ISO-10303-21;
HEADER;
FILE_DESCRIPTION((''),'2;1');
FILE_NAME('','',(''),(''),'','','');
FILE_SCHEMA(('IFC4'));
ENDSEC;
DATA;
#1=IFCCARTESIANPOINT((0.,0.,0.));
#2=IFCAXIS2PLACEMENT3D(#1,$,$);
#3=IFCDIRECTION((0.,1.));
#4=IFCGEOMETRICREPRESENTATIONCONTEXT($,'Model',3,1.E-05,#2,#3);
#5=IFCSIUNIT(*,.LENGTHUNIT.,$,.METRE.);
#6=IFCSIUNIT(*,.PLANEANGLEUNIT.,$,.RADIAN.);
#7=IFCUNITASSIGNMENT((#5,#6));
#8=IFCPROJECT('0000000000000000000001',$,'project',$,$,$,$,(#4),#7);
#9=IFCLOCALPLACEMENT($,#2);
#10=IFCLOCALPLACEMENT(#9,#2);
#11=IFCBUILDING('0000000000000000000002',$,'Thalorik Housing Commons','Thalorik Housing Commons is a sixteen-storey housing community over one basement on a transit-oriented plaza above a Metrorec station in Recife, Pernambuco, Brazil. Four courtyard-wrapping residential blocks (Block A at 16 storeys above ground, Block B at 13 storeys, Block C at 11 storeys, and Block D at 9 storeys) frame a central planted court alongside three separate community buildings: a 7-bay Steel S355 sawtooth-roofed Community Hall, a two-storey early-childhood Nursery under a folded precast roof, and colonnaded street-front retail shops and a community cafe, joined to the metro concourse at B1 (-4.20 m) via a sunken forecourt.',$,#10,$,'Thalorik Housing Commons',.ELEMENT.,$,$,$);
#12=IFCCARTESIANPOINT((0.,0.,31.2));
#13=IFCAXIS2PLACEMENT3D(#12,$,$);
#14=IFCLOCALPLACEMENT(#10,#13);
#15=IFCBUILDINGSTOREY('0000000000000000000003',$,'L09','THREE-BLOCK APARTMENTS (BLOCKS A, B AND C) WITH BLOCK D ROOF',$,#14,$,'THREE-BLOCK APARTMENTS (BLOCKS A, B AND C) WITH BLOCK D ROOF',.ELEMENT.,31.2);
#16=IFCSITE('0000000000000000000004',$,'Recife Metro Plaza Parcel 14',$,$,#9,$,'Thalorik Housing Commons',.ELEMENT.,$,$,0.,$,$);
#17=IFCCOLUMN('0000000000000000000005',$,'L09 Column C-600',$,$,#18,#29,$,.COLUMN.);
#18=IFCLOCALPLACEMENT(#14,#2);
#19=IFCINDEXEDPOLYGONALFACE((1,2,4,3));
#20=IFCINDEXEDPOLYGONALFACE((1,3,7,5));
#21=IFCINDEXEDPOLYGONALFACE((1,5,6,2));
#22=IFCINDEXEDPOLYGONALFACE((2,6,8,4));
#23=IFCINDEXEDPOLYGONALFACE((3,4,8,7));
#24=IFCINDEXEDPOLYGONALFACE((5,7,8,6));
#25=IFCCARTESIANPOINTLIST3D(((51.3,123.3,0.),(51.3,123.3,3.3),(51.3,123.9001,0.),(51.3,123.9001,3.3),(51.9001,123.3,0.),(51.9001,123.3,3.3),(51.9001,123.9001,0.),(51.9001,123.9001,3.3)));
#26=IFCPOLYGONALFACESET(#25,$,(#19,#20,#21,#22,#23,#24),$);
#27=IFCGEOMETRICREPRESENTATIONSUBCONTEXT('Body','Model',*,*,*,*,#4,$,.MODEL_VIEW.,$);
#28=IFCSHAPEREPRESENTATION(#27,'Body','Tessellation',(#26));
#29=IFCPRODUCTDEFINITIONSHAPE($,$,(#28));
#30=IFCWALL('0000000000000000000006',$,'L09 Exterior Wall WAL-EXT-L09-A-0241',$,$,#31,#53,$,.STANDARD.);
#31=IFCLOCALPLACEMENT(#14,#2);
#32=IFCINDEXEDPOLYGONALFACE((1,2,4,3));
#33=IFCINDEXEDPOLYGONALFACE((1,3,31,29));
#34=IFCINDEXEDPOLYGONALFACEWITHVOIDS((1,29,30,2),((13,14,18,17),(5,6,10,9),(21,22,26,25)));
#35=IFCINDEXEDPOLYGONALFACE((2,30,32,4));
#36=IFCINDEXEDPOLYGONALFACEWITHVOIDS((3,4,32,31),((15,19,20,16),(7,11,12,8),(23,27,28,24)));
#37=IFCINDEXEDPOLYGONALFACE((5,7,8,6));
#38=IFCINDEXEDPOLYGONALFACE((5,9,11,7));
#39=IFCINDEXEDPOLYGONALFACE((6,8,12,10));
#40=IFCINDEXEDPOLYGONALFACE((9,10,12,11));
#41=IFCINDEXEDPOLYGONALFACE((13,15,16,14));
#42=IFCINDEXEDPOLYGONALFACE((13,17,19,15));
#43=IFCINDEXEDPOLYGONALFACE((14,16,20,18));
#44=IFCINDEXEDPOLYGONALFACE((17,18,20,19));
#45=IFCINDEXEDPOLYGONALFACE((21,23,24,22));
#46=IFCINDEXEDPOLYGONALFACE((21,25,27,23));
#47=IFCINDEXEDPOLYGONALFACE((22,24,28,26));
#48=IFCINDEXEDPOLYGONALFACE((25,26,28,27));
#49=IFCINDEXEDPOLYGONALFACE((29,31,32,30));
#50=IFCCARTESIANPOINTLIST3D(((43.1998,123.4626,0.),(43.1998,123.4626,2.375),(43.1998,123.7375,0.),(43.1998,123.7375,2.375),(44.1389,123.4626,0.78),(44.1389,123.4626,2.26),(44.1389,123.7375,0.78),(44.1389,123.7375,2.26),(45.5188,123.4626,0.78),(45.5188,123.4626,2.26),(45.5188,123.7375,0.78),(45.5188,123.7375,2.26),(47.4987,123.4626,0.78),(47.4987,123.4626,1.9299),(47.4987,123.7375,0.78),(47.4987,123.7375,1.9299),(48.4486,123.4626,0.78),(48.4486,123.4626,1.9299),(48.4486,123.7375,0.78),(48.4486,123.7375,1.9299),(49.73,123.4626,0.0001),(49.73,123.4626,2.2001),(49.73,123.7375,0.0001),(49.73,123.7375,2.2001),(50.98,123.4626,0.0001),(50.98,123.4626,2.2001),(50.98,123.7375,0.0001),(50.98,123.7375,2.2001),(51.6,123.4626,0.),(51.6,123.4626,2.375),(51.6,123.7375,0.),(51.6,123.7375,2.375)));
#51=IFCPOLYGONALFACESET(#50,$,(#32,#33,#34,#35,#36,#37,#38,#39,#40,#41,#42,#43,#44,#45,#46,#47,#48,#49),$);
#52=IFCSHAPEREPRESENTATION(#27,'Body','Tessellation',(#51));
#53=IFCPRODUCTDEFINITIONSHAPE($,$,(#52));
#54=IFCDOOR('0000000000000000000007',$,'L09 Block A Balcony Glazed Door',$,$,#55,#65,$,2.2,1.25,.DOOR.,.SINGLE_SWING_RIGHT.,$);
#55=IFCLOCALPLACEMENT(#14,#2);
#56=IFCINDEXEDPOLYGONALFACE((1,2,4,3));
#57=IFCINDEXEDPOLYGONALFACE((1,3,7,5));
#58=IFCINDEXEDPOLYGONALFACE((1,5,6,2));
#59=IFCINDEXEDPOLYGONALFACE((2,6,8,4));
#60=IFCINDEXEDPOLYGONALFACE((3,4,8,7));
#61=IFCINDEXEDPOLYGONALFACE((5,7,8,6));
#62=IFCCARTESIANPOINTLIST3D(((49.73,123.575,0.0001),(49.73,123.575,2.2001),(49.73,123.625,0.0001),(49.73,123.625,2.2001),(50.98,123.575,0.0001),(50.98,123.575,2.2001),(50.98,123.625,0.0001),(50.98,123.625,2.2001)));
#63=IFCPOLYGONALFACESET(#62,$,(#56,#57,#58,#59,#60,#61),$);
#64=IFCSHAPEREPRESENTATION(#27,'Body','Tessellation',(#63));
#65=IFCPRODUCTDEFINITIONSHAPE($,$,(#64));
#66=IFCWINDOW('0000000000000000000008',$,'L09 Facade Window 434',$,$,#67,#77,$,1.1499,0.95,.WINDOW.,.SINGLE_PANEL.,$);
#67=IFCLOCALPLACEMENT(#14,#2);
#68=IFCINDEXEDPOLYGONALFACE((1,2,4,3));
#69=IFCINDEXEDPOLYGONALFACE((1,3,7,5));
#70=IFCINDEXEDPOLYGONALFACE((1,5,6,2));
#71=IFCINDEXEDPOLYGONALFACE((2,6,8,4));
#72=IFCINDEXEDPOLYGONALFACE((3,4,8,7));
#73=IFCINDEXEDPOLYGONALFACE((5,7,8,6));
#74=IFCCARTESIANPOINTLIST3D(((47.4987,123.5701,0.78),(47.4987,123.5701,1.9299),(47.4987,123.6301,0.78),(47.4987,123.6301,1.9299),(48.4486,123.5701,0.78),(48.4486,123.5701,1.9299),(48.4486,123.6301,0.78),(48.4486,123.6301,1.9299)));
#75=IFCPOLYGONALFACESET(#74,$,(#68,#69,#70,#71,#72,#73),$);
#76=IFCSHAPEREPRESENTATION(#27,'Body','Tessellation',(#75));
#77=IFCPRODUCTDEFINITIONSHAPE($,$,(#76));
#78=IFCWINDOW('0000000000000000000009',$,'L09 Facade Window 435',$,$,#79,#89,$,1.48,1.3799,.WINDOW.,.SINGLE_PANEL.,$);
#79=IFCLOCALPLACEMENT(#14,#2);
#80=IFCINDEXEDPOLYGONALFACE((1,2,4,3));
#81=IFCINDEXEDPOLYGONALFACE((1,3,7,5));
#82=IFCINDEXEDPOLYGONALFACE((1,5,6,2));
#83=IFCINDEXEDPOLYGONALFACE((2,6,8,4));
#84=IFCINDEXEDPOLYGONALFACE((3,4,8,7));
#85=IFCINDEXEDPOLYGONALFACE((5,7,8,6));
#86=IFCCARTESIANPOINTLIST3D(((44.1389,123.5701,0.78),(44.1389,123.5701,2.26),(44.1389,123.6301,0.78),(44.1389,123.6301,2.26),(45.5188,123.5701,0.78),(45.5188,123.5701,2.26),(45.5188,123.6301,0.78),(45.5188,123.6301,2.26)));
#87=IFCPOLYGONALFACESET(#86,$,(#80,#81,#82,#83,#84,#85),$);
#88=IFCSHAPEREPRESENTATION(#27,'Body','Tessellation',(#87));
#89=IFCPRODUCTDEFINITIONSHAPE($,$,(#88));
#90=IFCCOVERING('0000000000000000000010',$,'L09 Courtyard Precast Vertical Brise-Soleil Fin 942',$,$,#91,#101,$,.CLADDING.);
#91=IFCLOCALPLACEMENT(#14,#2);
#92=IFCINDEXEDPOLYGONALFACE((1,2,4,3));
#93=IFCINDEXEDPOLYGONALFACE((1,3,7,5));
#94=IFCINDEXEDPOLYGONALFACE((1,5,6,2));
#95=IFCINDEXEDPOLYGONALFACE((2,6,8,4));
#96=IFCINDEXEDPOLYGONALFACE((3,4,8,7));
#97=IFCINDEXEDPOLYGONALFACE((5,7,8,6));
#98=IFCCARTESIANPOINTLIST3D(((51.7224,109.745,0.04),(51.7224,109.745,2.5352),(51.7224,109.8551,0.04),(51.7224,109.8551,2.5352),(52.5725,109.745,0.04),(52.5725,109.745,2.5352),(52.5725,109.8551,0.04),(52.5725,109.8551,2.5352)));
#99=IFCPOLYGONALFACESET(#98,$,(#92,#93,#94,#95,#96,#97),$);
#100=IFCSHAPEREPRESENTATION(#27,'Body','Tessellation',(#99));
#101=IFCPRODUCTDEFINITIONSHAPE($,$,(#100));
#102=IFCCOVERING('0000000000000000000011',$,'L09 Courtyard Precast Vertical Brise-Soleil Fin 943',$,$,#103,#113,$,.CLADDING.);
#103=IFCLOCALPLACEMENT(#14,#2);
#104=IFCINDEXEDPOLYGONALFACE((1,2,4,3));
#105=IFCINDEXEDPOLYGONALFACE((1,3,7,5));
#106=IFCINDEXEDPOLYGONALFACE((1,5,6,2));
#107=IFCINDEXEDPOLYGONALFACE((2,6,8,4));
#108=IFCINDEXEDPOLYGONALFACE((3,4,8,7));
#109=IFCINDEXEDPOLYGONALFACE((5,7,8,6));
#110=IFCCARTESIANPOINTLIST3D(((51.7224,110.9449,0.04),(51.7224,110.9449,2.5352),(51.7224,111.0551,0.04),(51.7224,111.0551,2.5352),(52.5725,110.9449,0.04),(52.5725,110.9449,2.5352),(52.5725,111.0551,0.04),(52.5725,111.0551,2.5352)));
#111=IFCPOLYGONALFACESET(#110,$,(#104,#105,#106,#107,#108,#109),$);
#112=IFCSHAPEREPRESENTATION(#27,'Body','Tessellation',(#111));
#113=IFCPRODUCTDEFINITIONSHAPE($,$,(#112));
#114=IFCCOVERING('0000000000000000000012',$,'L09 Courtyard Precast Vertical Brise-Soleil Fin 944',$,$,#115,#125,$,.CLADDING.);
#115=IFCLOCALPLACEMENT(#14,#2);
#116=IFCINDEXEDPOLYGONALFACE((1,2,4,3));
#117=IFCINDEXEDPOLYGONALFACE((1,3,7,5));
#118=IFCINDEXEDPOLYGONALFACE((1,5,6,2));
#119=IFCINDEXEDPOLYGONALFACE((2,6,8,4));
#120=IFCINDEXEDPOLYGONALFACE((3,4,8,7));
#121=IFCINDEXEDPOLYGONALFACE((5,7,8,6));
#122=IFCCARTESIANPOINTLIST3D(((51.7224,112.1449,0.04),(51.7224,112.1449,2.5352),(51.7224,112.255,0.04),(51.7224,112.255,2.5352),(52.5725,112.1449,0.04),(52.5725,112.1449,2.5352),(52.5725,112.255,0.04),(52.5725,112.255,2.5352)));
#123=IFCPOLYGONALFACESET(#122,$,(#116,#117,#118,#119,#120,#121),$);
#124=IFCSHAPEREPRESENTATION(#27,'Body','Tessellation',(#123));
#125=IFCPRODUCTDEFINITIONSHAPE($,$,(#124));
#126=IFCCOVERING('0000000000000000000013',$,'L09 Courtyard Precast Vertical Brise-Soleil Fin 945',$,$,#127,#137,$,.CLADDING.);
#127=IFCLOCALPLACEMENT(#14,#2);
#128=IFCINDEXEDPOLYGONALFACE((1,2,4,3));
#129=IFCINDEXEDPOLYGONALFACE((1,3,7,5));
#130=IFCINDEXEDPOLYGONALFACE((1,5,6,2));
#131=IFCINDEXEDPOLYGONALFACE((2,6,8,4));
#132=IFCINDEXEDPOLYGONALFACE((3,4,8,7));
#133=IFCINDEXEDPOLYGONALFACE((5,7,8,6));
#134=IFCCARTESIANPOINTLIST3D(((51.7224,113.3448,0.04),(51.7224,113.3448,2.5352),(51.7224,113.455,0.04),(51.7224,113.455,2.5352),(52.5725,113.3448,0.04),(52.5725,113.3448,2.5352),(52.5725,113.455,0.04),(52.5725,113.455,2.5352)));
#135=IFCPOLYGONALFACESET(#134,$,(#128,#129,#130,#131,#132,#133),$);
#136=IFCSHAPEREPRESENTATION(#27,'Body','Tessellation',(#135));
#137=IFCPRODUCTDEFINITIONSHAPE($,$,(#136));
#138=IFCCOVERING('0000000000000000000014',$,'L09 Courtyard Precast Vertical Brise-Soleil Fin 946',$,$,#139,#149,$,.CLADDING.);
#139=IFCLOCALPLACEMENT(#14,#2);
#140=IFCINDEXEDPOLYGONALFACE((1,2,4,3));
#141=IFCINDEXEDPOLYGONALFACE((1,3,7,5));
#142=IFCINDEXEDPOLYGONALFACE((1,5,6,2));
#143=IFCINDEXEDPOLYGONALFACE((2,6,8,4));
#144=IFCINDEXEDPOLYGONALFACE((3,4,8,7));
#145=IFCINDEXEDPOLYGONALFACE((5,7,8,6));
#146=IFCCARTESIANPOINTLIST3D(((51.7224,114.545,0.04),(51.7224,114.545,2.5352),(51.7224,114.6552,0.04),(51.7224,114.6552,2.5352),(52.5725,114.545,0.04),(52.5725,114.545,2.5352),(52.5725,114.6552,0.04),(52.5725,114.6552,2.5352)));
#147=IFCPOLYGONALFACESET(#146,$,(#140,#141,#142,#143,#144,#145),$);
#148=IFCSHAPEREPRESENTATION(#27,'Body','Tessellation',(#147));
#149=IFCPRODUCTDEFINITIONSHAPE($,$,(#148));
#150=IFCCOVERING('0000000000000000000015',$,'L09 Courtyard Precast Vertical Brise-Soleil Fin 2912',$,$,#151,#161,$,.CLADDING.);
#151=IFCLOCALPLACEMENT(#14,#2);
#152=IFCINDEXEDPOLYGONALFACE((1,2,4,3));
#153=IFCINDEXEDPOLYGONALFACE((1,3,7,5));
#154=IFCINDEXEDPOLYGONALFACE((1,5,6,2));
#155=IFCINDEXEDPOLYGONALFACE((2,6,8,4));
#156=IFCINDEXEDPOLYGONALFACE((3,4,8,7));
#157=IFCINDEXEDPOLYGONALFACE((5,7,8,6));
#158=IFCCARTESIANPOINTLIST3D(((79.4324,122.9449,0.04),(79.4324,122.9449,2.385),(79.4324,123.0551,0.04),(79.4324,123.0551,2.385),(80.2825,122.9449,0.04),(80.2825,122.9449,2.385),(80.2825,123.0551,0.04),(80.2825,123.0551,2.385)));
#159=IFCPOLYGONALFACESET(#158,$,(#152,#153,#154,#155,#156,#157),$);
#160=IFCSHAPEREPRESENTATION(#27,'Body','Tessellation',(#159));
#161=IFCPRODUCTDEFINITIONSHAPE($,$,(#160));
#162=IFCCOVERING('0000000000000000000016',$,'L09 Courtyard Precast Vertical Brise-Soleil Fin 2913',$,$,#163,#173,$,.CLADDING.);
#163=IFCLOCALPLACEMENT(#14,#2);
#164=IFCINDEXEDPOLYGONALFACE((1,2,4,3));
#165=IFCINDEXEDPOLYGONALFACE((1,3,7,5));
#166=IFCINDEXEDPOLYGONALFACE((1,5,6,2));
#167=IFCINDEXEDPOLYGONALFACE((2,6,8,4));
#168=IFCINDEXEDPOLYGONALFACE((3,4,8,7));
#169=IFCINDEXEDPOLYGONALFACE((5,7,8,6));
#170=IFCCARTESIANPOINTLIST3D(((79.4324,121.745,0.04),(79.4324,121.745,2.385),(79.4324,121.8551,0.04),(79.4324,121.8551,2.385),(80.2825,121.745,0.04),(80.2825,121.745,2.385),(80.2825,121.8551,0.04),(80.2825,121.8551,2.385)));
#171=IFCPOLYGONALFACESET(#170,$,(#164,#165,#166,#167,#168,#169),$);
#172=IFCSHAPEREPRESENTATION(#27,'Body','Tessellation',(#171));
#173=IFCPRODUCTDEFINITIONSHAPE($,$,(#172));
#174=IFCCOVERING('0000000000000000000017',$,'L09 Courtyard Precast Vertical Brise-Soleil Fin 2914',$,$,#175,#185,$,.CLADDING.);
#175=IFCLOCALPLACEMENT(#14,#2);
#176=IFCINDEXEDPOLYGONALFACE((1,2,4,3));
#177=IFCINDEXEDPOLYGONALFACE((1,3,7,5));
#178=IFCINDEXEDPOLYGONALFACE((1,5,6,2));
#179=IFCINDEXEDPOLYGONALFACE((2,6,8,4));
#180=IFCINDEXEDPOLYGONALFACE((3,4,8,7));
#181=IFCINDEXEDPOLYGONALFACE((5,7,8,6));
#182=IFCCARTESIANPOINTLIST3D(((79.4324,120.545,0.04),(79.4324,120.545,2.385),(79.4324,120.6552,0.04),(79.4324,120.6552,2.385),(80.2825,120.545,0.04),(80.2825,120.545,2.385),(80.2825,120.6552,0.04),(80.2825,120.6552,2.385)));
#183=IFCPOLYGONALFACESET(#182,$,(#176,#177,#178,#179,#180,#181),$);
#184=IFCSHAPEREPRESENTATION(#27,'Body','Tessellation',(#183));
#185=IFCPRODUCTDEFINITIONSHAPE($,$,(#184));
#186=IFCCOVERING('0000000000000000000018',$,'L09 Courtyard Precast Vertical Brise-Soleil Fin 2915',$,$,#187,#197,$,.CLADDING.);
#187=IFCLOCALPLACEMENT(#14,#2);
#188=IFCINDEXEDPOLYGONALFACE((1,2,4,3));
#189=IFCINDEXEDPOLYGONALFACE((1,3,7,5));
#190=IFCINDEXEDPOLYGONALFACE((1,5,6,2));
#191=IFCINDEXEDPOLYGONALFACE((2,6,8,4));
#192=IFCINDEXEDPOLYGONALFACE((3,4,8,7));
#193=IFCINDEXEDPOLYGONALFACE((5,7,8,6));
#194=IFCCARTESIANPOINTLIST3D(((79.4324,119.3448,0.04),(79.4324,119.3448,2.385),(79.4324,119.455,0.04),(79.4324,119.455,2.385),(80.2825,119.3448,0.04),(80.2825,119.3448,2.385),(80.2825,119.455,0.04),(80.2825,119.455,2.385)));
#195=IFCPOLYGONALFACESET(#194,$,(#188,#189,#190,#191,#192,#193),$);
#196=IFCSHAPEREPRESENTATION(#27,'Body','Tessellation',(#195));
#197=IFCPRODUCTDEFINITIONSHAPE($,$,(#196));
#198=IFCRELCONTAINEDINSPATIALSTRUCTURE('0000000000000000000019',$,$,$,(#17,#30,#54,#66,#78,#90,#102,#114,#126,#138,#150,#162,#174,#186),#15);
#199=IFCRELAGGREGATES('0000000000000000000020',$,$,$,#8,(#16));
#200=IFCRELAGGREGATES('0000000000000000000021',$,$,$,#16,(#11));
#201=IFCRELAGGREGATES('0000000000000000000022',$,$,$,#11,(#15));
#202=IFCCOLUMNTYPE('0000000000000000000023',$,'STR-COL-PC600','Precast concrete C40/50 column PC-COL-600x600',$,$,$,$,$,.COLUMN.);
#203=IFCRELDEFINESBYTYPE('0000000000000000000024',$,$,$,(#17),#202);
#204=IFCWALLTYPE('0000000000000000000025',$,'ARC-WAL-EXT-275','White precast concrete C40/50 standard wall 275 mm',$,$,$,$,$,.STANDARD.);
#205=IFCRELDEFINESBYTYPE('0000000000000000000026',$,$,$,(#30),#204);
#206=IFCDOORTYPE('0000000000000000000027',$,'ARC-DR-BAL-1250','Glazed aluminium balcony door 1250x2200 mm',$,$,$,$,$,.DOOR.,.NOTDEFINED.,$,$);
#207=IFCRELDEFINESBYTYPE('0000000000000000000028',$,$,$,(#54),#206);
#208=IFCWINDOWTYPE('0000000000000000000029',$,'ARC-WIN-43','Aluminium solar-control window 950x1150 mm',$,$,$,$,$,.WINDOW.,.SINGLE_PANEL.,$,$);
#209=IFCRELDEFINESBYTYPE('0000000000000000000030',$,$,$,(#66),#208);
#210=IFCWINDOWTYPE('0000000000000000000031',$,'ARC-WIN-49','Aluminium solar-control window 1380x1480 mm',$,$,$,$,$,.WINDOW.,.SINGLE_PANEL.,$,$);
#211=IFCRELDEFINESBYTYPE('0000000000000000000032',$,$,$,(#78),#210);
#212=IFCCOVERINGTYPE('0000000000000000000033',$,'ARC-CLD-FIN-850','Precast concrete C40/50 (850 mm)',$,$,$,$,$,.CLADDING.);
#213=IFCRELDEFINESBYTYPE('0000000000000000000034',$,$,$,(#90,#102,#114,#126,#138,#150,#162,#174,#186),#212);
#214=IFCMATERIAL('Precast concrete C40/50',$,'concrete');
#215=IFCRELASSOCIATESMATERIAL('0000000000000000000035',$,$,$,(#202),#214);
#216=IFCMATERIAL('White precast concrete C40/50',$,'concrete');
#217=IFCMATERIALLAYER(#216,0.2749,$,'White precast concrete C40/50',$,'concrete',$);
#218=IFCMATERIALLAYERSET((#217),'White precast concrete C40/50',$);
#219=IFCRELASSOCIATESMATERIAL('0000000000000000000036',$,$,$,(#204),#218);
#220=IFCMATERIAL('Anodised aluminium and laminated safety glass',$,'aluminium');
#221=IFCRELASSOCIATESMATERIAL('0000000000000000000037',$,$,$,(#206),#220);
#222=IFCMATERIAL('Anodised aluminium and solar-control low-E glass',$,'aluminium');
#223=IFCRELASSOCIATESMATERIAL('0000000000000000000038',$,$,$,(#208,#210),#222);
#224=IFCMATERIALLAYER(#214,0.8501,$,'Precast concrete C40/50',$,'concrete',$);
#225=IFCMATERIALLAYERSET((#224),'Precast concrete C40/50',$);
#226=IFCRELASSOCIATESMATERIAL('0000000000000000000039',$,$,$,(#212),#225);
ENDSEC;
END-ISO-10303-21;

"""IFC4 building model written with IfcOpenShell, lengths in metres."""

from ifc_helpers import new_model, si_unit, direction, frame, frame_2d, origin, origin_2d, place, context, subcontext, project, spatial, rectangle, extrude, material, layer, layer_set, material_profile, profile_set, type_object, element, fill, save


model = new_model("IFC4")

# Units and contexts
model_context = context("Model", 3, precision=1e-05, world=origin(), true_north=direction((0.0, 1.0)))
body_context = subcontext(model_context, "Body", "Model", "MODEL_VIEW")
ifc_project = project(units=[si_unit("LENGTHUNIT", "METRE"), si_unit("PLANEANGLEUNIT", "RADIAN")], contexts=[model_context])

# Site, building, storey
site_placement = place(None, origin())
site = spatial("IfcSite", under=ifc_project, at=site_placement, Name="Recife Metro Plaza Parcel 14", LongName="Thalorik Housing Commons", CompositionType="ELEMENT", RefElevation=0.0)
building_placement = place(site_placement, origin())
building = spatial("IfcBuilding", under=site, at=building_placement, Name="Thalorik Housing Commons", Description="Thalorik Housing Commons is a sixteen-storey housing community over one basement on a transit-oriented plaza above a Metrorec station in Recife, Pernambuco, Brazil. Four courtyard-wrapping residential blocks (Block A at 16 storeys above ground, Block B at 13 storeys, Block C at 11 storeys, and Block D at 9 storeys) frame a central planted court alongside three separate community buildings: a 7-bay Steel S355 sawtooth-roofed Community Hall, a two-storey early-childhood Nursery under a folded precast roof, and colonnaded street-front retail shops and a community cafe, joined to the metro concourse at B1 (-4.20 m) via a sunken forecourt.", LongName="Thalorik Housing Commons", CompositionType="ELEMENT")
storey_placement = place(building_placement, frame((0.0, 0.0, 31.2)))
storey = spatial("IfcBuildingStorey", under=building, at=storey_placement, Name="L09", Description="THREE-BLOCK APARTMENTS (BLOCKS A, B AND C) WITH BLOCK D ROOF", LongName="THREE-BLOCK APARTMENTS (BLOCKS A, B AND C) WITH BLOCK D ROOF", CompositionType="ELEMENT", Elevation=31.2)

# Column
ifc_material_1 = material(Name="Precast concrete C40/50", Category="concrete")
ifc_material_profile = material_profile(ifc_material_1, rectangle(XDim=0.6001, YDim=0.6001, at=origin_2d()), Name="PC 600x600", Category="concrete")
ifc_profile_set = profile_set([ifc_material_profile], Name="Precast concrete C40/50")
column_type = type_object("IfcColumnType", Name="STR-COL-PC600", Description="Precast concrete C40/50 column PC-COL-600x600", PredefinedType="COLUMN", material=ifc_profile_set)
column_placement = place(storey_placement, frame((51.6001, 123.6001, 0.0), z_axis=(0.0, 0.0, 1.0), x_axis=(1.0, 0.0, 0.0)))
element("IfcColumn", 1, at=column_placement, inside=storey, type_object=column_type, Name="L09 Column C-600", PredefinedType="COLUMN", context=body_context, shape_type="SweptSolid", body=[
    extrude(rectangle(XDim=0.6001, YDim=0.6001, at=origin_2d()), origin(), (0.0, 0.0, 1.0), 3.3),
])

# Wall, openings, door, windows
ifc_material_2 = material(Name="White precast concrete C40/50", Category="concrete")
ifc_layer_1 = layer(ifc_material_2, 0.2749, Name="White precast concrete C40/50", Category="concrete")
ifc_layer_set_1 = layer_set([ifc_layer_1], Name="White precast concrete C40/50")
wall_type = type_object("IfcWallType", Name="ARC-WAL-EXT-275", Description="White precast concrete C40/50 standard wall 275 mm", PredefinedType="STANDARD", material=ifc_layer_set_1)
wall_placement = place(storey_placement, frame((51.6001, 123.6001, 0.0), z_axis=(0.0, 0.0, 1.0), x_axis=(-1.0, 0.0, 0.0)))
wall = element("IfcWall", 2, at=wall_placement, inside=storey, type_object=wall_type, Name="L09 Exterior Wall WAL-EXT-L09-A-0241", PredefinedType="STANDARD", context=body_context, shape_type="SweptSolid", body=[
    extrude(rectangle(XDim=8.4001, YDim=0.2749, at=frame_2d((4.2002, 0.0))), origin(), (0.0, 0.0, 1.0), 2.375),
])
opening_1_placement = place(wall_placement, frame((0.6201, 0.0, 0.0)))
opening_1 = element("IfcOpeningElement", 3, at=opening_1_placement, cuts=wall, PredefinedType="OPENING", context=body_context, shape_type="SweptSolid", body=[
    extrude(rectangle(XDim=1.25, YDim=2.2, at=frame_2d((0.625, 1.1001))), frame((0.0, 0.1475, 0.0), z_axis=(0.0, -1.0, 0.0), x_axis=(1.0, 0.0, 0.0)), (0.0, 0.0, 1.0), 0.2949),
])
opening_2_placement = place(wall_placement, frame((3.1514, 0.0, 0.78)))
opening_2 = element("IfcOpeningElement", 4, at=opening_2_placement, cuts=wall, PredefinedType="OPENING", context=body_context, shape_type="SweptSolid", body=[
    extrude(rectangle(XDim=0.95, YDim=1.1499, at=frame_2d((0.4751, 0.575))), frame((0.0, 0.1475, 0.0), z_axis=(0.0, -1.0, 0.0), x_axis=(1.0, 0.0, 0.0)), (0.0, 0.0, 1.0), 0.2949),
])
opening_3_placement = place(wall_placement, frame((6.0813, 0.0, 0.78)))
opening_3 = element("IfcOpeningElement", 5, at=opening_3_placement, cuts=wall, PredefinedType="OPENING", context=body_context, shape_type="SweptSolid", body=[
    extrude(rectangle(XDim=1.3799, YDim=1.48, at=frame_2d((0.6899, 0.74))), frame((0.0, 0.1475, 0.0), z_axis=(0.0, -1.0, 0.0), x_axis=(1.0, 0.0, 0.0)), (0.0, 0.0, 1.0), 0.2949),
])
ifc_material_3 = material(Name="Anodised aluminium and laminated safety glass", Category="aluminium")
door_type = type_object("IfcDoorType", Name="ARC-DR-BAL-1250", Description="Glazed aluminium balcony door 1250x2200 mm", OperationType="NOTDEFINED", PredefinedType="DOOR", material=ifc_material_3)
door_placement = place(opening_1_placement, frame((1.25, 0.0, 0.0), z_axis=(0.0, 0.0, 1.0), x_axis=(-1.0, 0.0, 0.0)))
door = element("IfcDoor", 6, at=door_placement, inside=storey, type_object=door_type, Name="L09 Block A Balcony Glazed Door", OperationType="SINGLE_SWING_RIGHT", OverallHeight=2.2, OverallWidth=1.25, PredefinedType="DOOR", context=body_context, shape_type="SweptSolid", body=[
    extrude(rectangle(XDim=1.25, YDim=2.2, at=frame_2d((0.625, 1.1001))), frame((0.0, 0.0249, 0.0), z_axis=(0.0, -1.0, 0.0), x_axis=(1.0, 0.0, 0.0)), (0.0, 0.0, 1.0), 0.05),
])
fill(opening_1, door)
ifc_material_4 = material(Name="Anodised aluminium and solar-control low-E glass", Category="aluminium")
window_type_1 = type_object("IfcWindowType", Name="ARC-WIN-43", Description="Aluminium solar-control window 950x1150 mm", PartitioningType="SINGLE_PANEL", PredefinedType="WINDOW", material=ifc_material_4)
window_1_placement = place(opening_2_placement, origin())
window_1 = element("IfcWindow", 7, at=window_1_placement, inside=storey, type_object=window_type_1, Name="L09 Facade Window 434", OverallHeight=1.1499, OverallWidth=0.95, PartitioningType="SINGLE_PANEL", PredefinedType="WINDOW", context=body_context, shape_type="SweptSolid", body=[
    extrude(rectangle(XDim=0.95, YDim=1.1499, at=frame_2d((0.4751, 0.575))), frame((0.0, 0.03, 0.0), z_axis=(0.0, -1.0, 0.0), x_axis=(1.0, 0.0, 0.0)), (0.0, 0.0, 1.0), 0.0601),
])
fill(opening_2, window_1)
window_type_2 = type_object("IfcWindowType", Name="ARC-WIN-49", Description="Aluminium solar-control window 1380x1480 mm", PartitioningType="SINGLE_PANEL", PredefinedType="WINDOW", material=ifc_material_4)
window_2_placement = place(opening_3_placement, origin())
window_2 = element("IfcWindow", 8, at=window_2_placement, inside=storey, type_object=window_type_2, Name="L09 Facade Window 435", OverallHeight=1.48, OverallWidth=1.3799, PartitioningType="SINGLE_PANEL", PredefinedType="WINDOW", context=body_context, shape_type="SweptSolid", body=[
    extrude(rectangle(XDim=1.3799, YDim=1.48, at=frame_2d((0.6899, 0.74))), frame((0.0, 0.03, 0.0), z_axis=(0.0, -1.0, 0.0), x_axis=(1.0, 0.0, 0.0)), (0.0, 0.0, 1.0), 0.0601),
])
fill(opening_3, window_2)

# Coverings
ifc_layer_2 = layer(ifc_material_1, 0.8501, Name="Precast concrete C40/50", Category="concrete")
ifc_layer_set_2 = layer_set([ifc_layer_2], Name="Precast concrete C40/50")
covering_type_1 = type_object("IfcCoveringType", Name="ARC-CLD-FIN-850", Description="Precast concrete C40/50 (850 mm)", PredefinedType="CLADDING", material=ifc_layer_set_2)
for number, where, z_axis, x_axis, name in (
    (9, (52.1475, 109.8, 0.04), (0.0, 0.0, 1.0), (0.0, 1.0, 0.0), "L09 Courtyard Precast Vertical Brise-Soleil Fin 942"),
    (10, (52.1475, 111.0, 0.04), (0.0, 0.0, 1.0), (0.0, 1.0, 0.0), "L09 Courtyard Precast Vertical Brise-Soleil Fin 943"),
    (11, (52.1475, 112.2, 0.04), (0.0, 0.0, 1.0), (0.0, 1.0, 0.0), "L09 Courtyard Precast Vertical Brise-Soleil Fin 944"),
    (12, (52.1475, 113.3999, 0.04), (0.0, 0.0, 1.0), (0.0, 1.0, 0.0), "L09 Courtyard Precast Vertical Brise-Soleil Fin 945"),
    (13, (52.1475, 114.6001, 0.04), (0.0, 0.0, 1.0), (0.0, 1.0, 0.0), "L09 Courtyard Precast Vertical Brise-Soleil Fin 946"),
):
    element("IfcCovering", number, at=place(storey_placement, frame(where, z_axis=z_axis, x_axis=x_axis)), inside=storey, type_object=covering_type_1, Name=name, PredefinedType="CLADDING", context=body_context, shape_type="SweptSolid", body=[
        extrude(rectangle(XDim=0.1101, YDim=0.8501, at=origin_2d()), origin(), (0.0, 0.0, 1.0), 2.4951),
    ])
for number, where, z_axis, x_axis, name in (
    (14, (79.8574, 123.0, 0.04), (0.0, 0.0, 1.0), (0.0, -1.0, 0.0), "L09 Courtyard Precast Vertical Brise-Soleil Fin 2912"),
    (15, (79.8574, 121.8, 0.04), (0.0, 0.0, 1.0), (0.0, -1.0, 0.0), "L09 Courtyard Precast Vertical Brise-Soleil Fin 2913"),
    (16, (79.8574, 120.6001, 0.04), (0.0, 0.0, 1.0), (0.0, -1.0, 0.0), "L09 Courtyard Precast Vertical Brise-Soleil Fin 2914"),
    (17, (79.8574, 119.3999, 0.04), (0.0, 0.0, 1.0), (0.0, -1.0, 0.0), "L09 Courtyard Precast Vertical Brise-Soleil Fin 2915"),
):
    element("IfcCovering", number, at=place(storey_placement, frame(where, z_axis=z_axis, x_axis=x_axis)), inside=storey, type_object=covering_type_1, Name=name, PredefinedType="CLADDING", context=body_context, shape_type="SweptSolid", body=[
        extrude(rectangle(XDim=0.1101, YDim=0.8501, at=origin_2d()), origin(), (0.0, 0.0, 1.0), 2.345),
    ])

save(model, "model.ifc")
